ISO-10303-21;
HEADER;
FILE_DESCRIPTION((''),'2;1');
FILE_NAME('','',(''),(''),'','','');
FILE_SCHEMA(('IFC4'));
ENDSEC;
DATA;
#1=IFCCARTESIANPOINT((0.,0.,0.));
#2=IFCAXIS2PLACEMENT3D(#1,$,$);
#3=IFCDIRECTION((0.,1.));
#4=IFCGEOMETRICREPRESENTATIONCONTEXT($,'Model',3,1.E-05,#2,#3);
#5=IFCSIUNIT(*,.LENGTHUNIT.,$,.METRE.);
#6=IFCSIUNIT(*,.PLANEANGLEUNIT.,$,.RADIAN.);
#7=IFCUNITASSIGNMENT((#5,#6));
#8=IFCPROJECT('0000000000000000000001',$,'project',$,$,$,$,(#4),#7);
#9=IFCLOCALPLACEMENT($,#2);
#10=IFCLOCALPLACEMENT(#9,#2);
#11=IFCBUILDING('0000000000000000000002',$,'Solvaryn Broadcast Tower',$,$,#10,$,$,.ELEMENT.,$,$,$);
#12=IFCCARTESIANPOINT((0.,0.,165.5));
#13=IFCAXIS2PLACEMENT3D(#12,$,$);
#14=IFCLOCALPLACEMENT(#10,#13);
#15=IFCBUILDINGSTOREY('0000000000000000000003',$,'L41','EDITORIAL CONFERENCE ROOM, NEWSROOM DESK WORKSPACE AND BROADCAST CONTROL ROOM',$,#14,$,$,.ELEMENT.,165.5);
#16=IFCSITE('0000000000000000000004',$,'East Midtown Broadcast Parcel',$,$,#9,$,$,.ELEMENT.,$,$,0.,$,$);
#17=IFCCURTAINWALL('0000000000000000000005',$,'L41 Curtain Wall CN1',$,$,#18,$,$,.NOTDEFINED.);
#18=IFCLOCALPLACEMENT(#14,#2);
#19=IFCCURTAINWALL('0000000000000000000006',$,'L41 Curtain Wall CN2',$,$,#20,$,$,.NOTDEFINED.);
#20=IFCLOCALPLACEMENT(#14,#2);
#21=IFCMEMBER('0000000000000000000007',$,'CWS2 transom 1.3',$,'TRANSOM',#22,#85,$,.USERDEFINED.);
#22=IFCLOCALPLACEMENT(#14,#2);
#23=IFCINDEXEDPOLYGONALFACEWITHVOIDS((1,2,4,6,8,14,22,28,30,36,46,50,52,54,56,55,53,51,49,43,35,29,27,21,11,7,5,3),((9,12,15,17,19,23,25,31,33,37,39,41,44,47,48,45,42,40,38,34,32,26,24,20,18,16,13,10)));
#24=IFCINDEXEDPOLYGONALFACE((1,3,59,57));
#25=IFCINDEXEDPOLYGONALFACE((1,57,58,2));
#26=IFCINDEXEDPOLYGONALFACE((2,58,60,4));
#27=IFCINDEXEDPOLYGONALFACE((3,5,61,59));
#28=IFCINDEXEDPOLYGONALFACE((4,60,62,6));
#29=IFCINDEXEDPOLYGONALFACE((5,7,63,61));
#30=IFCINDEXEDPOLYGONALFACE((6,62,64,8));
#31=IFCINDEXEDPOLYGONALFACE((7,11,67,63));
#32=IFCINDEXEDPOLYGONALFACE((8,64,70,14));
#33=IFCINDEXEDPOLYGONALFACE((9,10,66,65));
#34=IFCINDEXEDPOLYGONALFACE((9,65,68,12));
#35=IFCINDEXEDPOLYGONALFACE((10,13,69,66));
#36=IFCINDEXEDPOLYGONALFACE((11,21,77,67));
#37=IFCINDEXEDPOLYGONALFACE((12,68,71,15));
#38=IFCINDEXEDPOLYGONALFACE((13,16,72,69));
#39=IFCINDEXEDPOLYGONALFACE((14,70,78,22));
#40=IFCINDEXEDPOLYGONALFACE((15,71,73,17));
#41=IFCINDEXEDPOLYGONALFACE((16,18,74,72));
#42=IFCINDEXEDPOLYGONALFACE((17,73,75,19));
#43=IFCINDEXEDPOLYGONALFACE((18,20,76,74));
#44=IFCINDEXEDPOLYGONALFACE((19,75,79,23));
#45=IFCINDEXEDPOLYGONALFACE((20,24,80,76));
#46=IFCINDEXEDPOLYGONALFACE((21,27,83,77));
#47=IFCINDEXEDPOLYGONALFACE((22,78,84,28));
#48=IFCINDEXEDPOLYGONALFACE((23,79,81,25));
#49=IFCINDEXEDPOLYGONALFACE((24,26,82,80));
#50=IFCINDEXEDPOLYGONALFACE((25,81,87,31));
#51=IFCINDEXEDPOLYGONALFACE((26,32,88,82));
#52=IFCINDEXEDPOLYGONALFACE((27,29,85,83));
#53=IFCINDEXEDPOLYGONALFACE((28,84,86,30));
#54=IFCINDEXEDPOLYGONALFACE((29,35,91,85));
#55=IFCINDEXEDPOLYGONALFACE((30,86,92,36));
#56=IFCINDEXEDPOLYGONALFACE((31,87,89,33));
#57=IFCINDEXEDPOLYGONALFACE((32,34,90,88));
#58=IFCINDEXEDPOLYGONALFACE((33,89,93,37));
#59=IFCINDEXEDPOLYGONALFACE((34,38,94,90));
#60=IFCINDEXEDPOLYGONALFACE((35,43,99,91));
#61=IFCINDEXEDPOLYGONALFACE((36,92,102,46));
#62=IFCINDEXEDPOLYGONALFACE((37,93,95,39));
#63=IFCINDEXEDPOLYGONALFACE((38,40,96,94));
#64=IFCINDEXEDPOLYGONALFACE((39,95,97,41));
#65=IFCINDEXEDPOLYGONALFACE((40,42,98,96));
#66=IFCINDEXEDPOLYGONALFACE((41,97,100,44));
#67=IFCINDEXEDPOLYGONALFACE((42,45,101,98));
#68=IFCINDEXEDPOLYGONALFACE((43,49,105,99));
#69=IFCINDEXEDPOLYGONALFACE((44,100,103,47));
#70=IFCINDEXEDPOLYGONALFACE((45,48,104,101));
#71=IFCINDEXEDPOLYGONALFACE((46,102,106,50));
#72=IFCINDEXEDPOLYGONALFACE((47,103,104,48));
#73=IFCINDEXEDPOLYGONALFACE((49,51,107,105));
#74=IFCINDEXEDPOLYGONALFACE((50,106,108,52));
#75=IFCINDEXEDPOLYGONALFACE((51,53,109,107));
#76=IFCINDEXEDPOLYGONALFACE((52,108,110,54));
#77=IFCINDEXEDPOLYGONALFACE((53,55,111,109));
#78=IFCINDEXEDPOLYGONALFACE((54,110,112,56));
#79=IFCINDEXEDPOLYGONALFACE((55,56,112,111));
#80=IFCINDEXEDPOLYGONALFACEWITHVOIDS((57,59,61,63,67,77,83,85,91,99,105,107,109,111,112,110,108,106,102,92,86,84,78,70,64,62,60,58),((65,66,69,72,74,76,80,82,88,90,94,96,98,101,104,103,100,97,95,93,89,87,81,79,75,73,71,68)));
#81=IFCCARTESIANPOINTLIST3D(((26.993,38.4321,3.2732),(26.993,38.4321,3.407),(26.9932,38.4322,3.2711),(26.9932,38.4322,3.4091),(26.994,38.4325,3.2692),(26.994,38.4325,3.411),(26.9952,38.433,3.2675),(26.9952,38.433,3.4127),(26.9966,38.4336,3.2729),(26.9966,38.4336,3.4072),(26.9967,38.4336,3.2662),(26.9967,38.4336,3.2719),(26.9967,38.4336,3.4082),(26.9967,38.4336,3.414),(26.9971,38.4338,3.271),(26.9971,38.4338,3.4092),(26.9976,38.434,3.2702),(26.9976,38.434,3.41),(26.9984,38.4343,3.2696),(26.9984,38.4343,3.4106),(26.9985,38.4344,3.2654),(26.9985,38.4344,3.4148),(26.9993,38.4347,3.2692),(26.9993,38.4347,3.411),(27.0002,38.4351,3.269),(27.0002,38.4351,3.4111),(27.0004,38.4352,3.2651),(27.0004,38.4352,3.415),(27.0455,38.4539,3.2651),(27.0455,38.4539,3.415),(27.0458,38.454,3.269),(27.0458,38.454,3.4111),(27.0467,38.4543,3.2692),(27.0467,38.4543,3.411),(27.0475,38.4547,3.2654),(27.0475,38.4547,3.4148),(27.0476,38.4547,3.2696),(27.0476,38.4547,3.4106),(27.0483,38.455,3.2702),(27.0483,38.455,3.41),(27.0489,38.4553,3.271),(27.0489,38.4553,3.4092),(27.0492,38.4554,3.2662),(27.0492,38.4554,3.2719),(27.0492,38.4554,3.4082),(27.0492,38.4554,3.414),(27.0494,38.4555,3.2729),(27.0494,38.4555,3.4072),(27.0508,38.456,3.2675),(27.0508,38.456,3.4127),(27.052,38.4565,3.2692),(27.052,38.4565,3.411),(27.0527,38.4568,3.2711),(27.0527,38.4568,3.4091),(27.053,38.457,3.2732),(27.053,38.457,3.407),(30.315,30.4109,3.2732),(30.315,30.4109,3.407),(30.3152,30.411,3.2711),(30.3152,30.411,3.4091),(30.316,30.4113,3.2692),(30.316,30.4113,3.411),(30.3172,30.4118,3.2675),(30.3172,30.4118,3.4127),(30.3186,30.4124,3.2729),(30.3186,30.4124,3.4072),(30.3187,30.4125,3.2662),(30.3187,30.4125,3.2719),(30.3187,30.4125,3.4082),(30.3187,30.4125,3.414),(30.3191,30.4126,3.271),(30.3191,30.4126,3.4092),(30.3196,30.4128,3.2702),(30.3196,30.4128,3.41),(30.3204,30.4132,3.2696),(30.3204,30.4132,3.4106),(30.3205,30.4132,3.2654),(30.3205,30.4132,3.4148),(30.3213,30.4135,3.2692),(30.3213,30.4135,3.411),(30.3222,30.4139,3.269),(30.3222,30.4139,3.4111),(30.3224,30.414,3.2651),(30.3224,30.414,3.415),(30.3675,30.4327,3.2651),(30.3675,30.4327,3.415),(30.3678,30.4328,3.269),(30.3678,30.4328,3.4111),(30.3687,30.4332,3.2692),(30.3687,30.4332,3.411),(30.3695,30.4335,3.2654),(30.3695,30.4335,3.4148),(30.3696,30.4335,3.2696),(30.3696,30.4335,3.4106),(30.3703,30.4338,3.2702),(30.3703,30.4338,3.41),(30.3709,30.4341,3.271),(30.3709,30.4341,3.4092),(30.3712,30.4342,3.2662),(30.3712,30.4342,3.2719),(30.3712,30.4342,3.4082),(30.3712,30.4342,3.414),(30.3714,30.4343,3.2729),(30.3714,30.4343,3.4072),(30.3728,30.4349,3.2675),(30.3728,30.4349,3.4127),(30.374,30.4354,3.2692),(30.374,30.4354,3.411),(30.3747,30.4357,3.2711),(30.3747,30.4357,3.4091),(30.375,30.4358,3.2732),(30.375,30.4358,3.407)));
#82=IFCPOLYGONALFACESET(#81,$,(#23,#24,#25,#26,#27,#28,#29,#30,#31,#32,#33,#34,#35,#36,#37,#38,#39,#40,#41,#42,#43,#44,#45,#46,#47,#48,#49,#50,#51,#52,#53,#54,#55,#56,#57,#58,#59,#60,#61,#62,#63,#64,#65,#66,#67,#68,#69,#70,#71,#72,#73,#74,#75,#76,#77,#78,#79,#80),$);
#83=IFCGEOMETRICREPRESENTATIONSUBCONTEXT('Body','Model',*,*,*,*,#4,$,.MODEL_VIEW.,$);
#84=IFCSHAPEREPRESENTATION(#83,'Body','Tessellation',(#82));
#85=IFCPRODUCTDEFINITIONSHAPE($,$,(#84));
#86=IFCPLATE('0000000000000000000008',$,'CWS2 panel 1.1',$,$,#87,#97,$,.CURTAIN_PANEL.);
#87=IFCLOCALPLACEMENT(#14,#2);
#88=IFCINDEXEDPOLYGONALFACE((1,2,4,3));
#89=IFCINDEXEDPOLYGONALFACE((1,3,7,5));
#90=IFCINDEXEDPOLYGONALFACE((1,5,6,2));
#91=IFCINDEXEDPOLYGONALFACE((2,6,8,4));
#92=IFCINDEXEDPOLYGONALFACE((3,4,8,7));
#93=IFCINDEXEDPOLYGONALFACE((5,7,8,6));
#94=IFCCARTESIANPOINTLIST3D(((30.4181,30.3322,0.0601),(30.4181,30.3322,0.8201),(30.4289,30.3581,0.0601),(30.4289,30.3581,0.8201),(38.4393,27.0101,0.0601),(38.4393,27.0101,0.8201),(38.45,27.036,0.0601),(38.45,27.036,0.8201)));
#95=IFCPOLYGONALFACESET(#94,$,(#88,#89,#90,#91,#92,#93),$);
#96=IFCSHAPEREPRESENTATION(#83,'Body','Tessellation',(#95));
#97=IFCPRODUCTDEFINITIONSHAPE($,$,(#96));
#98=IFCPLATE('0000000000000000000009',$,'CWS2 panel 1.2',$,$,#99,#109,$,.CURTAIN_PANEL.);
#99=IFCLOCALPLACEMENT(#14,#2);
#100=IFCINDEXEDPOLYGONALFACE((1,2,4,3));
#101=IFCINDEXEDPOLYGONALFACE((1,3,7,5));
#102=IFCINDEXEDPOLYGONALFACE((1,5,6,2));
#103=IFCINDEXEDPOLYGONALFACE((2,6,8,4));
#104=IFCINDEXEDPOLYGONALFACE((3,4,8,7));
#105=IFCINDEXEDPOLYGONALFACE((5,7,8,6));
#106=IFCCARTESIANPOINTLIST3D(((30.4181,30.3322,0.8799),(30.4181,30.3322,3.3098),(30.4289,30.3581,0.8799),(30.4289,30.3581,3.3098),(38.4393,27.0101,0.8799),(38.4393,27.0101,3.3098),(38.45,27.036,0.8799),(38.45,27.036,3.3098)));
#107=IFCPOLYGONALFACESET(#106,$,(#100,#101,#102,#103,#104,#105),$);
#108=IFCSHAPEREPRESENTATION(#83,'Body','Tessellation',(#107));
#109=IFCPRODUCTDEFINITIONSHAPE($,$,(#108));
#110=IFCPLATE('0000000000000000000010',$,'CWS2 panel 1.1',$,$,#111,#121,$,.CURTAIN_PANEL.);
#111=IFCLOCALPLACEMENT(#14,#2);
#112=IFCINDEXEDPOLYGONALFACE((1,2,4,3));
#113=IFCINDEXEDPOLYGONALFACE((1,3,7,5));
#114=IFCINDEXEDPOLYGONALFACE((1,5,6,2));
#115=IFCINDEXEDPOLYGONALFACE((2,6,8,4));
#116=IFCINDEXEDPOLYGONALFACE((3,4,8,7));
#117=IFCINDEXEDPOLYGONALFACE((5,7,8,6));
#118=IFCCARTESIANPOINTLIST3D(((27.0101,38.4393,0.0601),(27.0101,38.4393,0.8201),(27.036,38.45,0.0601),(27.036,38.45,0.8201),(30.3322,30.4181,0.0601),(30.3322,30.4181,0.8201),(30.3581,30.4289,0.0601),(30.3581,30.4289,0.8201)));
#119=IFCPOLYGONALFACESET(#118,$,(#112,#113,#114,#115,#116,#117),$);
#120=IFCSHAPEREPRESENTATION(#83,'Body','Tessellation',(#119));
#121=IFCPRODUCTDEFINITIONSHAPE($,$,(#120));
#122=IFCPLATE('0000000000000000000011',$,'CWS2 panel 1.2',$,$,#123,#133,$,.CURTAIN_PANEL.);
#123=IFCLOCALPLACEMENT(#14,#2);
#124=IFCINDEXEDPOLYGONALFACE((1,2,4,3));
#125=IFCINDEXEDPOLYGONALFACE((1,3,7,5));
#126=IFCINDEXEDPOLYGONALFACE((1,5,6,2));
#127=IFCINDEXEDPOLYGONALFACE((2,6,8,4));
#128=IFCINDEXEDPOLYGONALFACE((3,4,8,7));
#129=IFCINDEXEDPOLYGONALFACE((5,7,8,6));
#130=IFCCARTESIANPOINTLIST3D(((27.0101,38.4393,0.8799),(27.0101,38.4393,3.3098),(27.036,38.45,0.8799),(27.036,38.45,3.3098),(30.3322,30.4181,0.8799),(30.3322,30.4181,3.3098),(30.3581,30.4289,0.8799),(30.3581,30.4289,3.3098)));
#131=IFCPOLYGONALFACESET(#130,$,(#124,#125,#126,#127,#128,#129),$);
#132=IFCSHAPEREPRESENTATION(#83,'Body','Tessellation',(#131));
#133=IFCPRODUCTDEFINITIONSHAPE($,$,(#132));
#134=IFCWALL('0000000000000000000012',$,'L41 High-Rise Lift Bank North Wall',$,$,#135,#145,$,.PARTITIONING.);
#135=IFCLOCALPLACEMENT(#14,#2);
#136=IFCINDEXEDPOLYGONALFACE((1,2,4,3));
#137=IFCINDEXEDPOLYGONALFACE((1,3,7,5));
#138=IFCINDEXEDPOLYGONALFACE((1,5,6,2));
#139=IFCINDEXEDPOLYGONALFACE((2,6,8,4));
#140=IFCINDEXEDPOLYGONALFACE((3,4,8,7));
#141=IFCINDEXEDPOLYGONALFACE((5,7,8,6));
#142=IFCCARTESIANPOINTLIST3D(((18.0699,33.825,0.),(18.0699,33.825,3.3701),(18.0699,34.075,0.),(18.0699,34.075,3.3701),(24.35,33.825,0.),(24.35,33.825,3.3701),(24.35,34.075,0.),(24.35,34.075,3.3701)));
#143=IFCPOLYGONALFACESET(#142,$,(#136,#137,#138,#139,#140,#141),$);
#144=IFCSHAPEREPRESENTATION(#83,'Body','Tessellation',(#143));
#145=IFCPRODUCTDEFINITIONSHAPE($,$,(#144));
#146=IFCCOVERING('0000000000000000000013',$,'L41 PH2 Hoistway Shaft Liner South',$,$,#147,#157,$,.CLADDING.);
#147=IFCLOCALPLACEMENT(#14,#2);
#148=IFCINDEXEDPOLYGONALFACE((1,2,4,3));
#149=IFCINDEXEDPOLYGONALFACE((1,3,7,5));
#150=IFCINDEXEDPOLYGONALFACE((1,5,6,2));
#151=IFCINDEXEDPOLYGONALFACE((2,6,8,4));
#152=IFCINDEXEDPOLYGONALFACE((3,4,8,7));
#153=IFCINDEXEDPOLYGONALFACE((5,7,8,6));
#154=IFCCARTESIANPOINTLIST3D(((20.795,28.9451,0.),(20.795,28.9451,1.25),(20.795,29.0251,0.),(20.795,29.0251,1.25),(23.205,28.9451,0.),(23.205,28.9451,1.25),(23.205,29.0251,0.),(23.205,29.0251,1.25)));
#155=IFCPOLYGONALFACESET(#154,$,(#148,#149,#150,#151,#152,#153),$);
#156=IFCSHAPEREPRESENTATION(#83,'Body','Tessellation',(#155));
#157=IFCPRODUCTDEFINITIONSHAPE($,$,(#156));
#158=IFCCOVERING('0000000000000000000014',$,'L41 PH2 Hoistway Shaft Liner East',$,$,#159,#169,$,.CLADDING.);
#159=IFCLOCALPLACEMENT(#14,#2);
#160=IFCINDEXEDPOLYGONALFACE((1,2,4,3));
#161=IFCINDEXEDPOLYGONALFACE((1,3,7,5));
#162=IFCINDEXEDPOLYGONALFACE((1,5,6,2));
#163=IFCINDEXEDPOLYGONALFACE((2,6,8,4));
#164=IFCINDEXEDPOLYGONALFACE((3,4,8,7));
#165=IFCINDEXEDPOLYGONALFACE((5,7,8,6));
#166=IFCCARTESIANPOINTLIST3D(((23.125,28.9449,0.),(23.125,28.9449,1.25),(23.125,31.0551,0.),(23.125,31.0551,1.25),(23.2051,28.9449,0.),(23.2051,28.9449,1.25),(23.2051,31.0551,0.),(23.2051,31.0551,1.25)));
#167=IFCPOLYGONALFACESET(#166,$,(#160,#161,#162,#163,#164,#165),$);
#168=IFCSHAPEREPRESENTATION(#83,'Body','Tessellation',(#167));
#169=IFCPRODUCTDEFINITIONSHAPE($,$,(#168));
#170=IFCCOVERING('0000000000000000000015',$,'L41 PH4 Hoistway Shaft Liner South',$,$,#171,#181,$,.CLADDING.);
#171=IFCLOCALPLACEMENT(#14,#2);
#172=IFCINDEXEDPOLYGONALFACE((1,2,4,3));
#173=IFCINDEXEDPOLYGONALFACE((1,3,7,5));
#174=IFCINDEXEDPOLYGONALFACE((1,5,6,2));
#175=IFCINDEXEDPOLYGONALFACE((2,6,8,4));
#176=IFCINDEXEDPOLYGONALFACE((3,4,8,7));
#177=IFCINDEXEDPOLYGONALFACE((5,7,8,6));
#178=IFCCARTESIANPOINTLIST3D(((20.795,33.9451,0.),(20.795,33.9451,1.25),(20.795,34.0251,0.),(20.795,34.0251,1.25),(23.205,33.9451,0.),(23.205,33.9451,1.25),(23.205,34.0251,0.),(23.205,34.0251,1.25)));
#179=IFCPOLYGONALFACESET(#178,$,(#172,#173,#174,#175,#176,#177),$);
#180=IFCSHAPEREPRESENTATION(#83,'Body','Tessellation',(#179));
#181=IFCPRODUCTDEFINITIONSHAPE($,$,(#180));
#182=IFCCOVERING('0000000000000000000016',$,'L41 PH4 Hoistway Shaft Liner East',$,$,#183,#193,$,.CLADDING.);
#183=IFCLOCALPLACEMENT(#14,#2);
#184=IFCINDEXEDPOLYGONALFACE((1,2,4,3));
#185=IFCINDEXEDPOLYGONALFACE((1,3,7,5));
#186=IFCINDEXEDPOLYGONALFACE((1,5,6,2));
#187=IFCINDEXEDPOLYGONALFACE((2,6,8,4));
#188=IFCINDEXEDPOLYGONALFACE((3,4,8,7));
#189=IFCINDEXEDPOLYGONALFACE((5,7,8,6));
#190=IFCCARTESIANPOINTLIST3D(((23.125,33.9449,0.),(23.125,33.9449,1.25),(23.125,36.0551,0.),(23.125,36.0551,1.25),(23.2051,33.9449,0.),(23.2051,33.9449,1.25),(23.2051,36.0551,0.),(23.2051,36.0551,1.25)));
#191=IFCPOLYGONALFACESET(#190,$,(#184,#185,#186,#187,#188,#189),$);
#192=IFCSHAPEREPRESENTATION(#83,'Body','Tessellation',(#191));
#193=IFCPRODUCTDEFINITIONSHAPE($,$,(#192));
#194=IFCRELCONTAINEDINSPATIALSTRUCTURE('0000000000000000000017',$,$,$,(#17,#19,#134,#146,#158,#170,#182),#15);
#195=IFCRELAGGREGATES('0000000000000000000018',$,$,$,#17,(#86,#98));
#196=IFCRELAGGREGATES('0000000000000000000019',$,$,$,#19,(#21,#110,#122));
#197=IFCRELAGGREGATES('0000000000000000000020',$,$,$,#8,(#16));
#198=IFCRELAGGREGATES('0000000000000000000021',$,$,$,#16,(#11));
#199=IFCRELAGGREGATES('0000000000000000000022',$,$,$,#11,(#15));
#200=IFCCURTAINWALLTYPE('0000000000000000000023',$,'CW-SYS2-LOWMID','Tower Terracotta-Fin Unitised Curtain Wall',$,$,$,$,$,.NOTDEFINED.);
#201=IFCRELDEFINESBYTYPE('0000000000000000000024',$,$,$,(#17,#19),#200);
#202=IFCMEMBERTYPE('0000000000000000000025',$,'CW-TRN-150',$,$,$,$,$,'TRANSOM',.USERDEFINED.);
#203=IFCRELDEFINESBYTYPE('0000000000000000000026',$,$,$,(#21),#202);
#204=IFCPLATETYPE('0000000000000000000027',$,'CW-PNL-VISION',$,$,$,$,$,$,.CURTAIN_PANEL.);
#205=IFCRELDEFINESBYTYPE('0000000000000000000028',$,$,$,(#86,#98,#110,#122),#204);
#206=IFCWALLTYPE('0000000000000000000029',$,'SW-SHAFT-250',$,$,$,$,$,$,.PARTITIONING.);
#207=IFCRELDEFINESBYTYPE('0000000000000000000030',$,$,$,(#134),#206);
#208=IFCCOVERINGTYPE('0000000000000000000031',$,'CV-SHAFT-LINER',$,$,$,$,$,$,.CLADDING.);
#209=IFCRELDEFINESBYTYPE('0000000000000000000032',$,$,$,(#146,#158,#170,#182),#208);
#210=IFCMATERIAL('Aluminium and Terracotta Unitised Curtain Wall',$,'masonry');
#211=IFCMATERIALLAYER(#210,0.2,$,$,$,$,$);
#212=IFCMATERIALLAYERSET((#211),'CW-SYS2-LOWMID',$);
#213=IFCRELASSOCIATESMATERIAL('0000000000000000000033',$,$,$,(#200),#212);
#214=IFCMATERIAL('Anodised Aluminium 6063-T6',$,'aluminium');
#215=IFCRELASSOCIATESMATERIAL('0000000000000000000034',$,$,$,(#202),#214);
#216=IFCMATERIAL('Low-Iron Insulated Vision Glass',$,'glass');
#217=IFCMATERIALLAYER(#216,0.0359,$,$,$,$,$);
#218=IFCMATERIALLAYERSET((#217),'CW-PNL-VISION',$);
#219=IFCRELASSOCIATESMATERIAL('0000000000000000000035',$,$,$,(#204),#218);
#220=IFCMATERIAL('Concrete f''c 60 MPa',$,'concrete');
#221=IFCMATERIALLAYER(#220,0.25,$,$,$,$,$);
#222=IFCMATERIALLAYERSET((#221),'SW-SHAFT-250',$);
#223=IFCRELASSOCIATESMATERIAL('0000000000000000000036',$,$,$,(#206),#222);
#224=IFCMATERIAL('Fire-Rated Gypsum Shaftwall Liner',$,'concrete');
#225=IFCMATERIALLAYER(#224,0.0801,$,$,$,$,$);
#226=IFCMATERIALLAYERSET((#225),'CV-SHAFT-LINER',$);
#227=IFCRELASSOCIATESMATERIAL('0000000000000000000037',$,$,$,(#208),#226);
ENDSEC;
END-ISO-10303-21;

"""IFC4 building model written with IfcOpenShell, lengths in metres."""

from ifc_helpers import new_model, si_unit, direction, frame, frame_2d, origin, origin_2d, place, context, subcontext, project, spatial, rectangle, hollow_rectangle, extrude, material, layer, layer_set, material_profile, profile_set, type_object, element, aggregate, save


model = new_model("IFC4")

# Units and contexts
model_context = context("Model", 3, precision=1e-05, world=origin(), true_north=direction((0.0, 1.0)))
body_context = subcontext(model_context, "Body", "Model", "MODEL_VIEW")
ifc_project = project(units=[si_unit("LENGTHUNIT", "METRE"), si_unit("PLANEANGLEUNIT", "RADIAN")], contexts=[model_context])

# Site, building, storey
site_placement = place(None, origin())
site = spatial("IfcSite", under=ifc_project, at=site_placement, Name="East Midtown Broadcast Parcel", CompositionType="ELEMENT", RefElevation=0.0)
building_placement = place(site_placement, origin())
building = spatial("IfcBuilding", under=site, at=building_placement, Name="Solvaryn Broadcast Tower", CompositionType="ELEMENT")
storey_placement = place(building_placement, frame((0.0, 0.0, 165.5)))
storey = spatial("IfcBuildingStorey", under=building, at=storey_placement, Name="L41", Description="EDITORIAL CONFERENCE ROOM, NEWSROOM DESK WORKSPACE AND BROADCAST CONTROL ROOM", CompositionType="ELEMENT", Elevation=165.5)

# Curtain wall
ifc_material_1 = material(Name="Aluminium and Terracotta Unitised Curtain Wall", Category="masonry")
ifc_layer_1 = layer(ifc_material_1, 0.2)
ifc_layer_set_1 = layer_set([ifc_layer_1], Name="CW-SYS2-LOWMID")
curtain_wall_type = type_object("IfcCurtainWallType", Name="CW-SYS2-LOWMID", Description="Tower Terracotta-Fin Unitised Curtain Wall", PredefinedType="NOTDEFINED", material=ifc_layer_set_1)
curtain_wall_1_placement = place(storey_placement, origin())
curtain_wall_1 = element("IfcCurtainWall", 1, at=curtain_wall_1_placement, inside=storey, type_object=curtain_wall_type, Name="L41 Curtain Wall CN1", PredefinedType="NOTDEFINED")

# Curtain wall, member
curtain_wall_2_placement = place(storey_placement, origin())
curtain_wall_2 = element("IfcCurtainWall", 2, at=curtain_wall_2_placement, inside=storey, type_object=curtain_wall_type, Name="L41 Curtain Wall CN2", PredefinedType="NOTDEFINED")
ifc_material_2 = material(Name="Anodised Aluminium 6063-T6", Category="aluminium")
ifc_material_profile_1 = material_profile(ifc_material_2, hollow_rectangle(XDim=0.0649, YDim=0.1499, WallThickness=0.0039, InnerFilletRadius=0.0039, OuterFilletRadius=0.0081, at=origin_2d()))
ifc_profile_set_1 = profile_set([ifc_material_profile_1], Name="Anodised Aluminium 6063-T6")
member_type_1 = type_object("IfcMemberType", Name="CW-TRN-150", ElementType="TRANSOM", PredefinedType="USERDEFINED", material=ifc_profile_set_1)
member_1_placement = place(storey_placement, frame((30.345, 30.4233, 3.3401), z_axis=(-0.382636, 0.923899, 0.0), x_axis=(-0.923899, -0.382636, 0.0)))
member_1 = element("IfcMember", 3, at=member_1_placement, type_object=member_type_1, Name="CWS2 transom 1.3", ObjectType="TRANSOM", PredefinedType="USERDEFINED", context=body_context, shape_type="SweptSolid", body=[
    extrude(hollow_rectangle(XDim=0.0649, YDim=0.1499, WallThickness=0.0039, InnerFilletRadius=0.0039, OuterFilletRadius=0.0081, at=origin_2d()), origin(), (0.0, 0.0, 1.0), 8.6819),
])

# Plates
ifc_material_3 = material(Name="Low-Iron Insulated Vision Glass", Category="glass")
ifc_layer_2 = layer(ifc_material_3, 0.0359)
ifc_layer_set_2 = layer_set([ifc_layer_2], Name="CW-PNL-VISION")
plate_type = type_object("IfcPlateType", Name="CW-PNL-VISION", PredefinedType="CURTAIN_PANEL", material=ifc_layer_set_2)
plate_1_placement = place(storey_placement, frame((34.4341, 28.6841, 0.0601), z_axis=(0.0, 0.0, 1.0), x_axis=(-0.923895, 0.382646, 0.0)))
plate_1 = element("IfcPlate", 4, at=plate_1_placement, type_object=plate_type, Name="CWS2 panel 1.1", PredefinedType="CURTAIN_PANEL", context=body_context, shape_type="SweptSolid", body=[
    extrude(rectangle(XDim=8.6819, YDim=0.0281, at=origin_2d()), origin(), (0.0, 0.0, 1.0), 0.76),
])
plate_2_placement = place(storey_placement, frame((34.4341, 28.6841, 0.8799), z_axis=(0.0, 0.0, 1.0), x_axis=(-0.923895, 0.382646, 0.0)))
plate_2 = element("IfcPlate", 5, at=plate_2_placement, type_object=plate_type, Name="CWS2 panel 1.2", PredefinedType="CURTAIN_PANEL", context=body_context, shape_type="SweptSolid", body=[
    extrude(rectangle(XDim=8.6819, YDim=0.0281, at=origin_2d()), origin(), (0.0, 0.0, 1.0), 2.4299),
])
aggregate(curtain_wall_1, [plate_1, plate_2])
plate_3_placement = place(storey_placement, frame((28.6841, 34.4341, 0.0601), z_axis=(0.0, 0.0, 1.0), x_axis=(-0.382646, 0.923895, 0.0)))
plate_3 = element("IfcPlate", 6, at=plate_3_placement, type_object=plate_type, Name="CWS2 panel 1.1", PredefinedType="CURTAIN_PANEL", context=body_context, shape_type="SweptSolid", body=[
    extrude(rectangle(XDim=8.6819, YDim=0.0281, at=origin_2d()), origin(), (0.0, 0.0, 1.0), 0.76),
])
plate_4_placement = place(storey_placement, frame((28.6841, 34.4341, 0.8799), z_axis=(0.0, 0.0, 1.0), x_axis=(-0.382646, 0.923895, 0.0)))
plate_4 = element("IfcPlate", 7, at=plate_4_placement, type_object=plate_type, Name="CWS2 panel 1.2", PredefinedType="CURTAIN_PANEL", context=body_context, shape_type="SweptSolid", body=[
    extrude(rectangle(XDim=8.6819, YDim=0.0281, at=origin_2d()), origin(), (0.0, 0.0, 1.0), 2.4299),
])
aggregate(curtain_wall_2, [member_1, plate_3, plate_4])

# Wall
ifc_material_4 = material(Name="Concrete f'c 60 MPa", Category="concrete")
ifc_layer_3 = layer(ifc_material_4, 0.25)
ifc_layer_set_3 = layer_set([ifc_layer_3], Name="SW-SHAFT-250")
wall_type = type_object("IfcWallType", Name="SW-SHAFT-250", PredefinedType="PARTITIONING", material=ifc_layer_set_3)
wall_placement = place(storey_placement, frame((24.3501, 33.95, 0.0), z_axis=(0.0, 0.0, 1.0), x_axis=(-1.0, 0.0, 0.0)))
element("IfcWall", 8, at=wall_placement, inside=storey, type_object=wall_type, Name="L41 High-Rise Lift Bank North Wall", PredefinedType="PARTITIONING", context=body_context, shape_type="SweptSolid", body=[
    extrude(rectangle(XDim=6.28, YDim=0.25, at=frame_2d((3.1401, 0.0))), origin(), (0.0, 0.0, 1.0), 3.3701),
])

# Coverings
ifc_material_5 = material(Name="Fire-Rated Gypsum Shaftwall Liner", Category="concrete")
ifc_layer_4 = layer(ifc_material_5, 0.0801)
ifc_layer_set_4 = layer_set([ifc_layer_4], Name="CV-SHAFT-LINER")
covering_type_1 = type_object("IfcCoveringType", Name="CV-SHAFT-LINER", PredefinedType="CLADDING", material=ifc_layer_set_4)
covering_1_placement = place(storey_placement, frame((22.0, 28.9851, 0.0), z_axis=(0.0, 0.0, 1.0), x_axis=(1.0, 0.0, 0.0)))
element("IfcCovering", 9, at=covering_1_placement, inside=storey, type_object=covering_type_1, Name="L41 PH2 Hoistway Shaft Liner South", PredefinedType="CLADDING", context=body_context, shape_type="SweptSolid", body=[
    extrude(rectangle(XDim=2.4099, YDim=0.0801, at=origin_2d()), origin(), (0.0, 0.0, 1.0), 1.25),
])
covering_2_placement = place(storey_placement, frame((23.165, 30.0, 0.0), z_axis=(0.0, 0.0, 1.0), x_axis=(1.0, 0.0, 0.0)))
element("IfcCovering", 10, at=covering_2_placement, inside=storey, type_object=covering_type_1, Name="L41 PH2 Hoistway Shaft Liner East", PredefinedType="CLADDING", context=body_context, shape_type="SweptSolid", body=[
    extrude(rectangle(XDim=0.0801, YDim=2.1101, at=origin_2d()), origin(), (0.0, 0.0, 1.0), 1.25),
])
covering_3_placement = place(storey_placement, frame((22.0, 33.9851, 0.0), z_axis=(0.0, 0.0, 1.0), x_axis=(1.0, 0.0, 0.0)))
element("IfcCovering", 11, at=covering_3_placement, inside=storey, type_object=covering_type_1, Name="L41 PH4 Hoistway Shaft Liner South", PredefinedType="CLADDING", context=body_context, shape_type="SweptSolid", body=[
    extrude(rectangle(XDim=2.4099, YDim=0.0801, at=origin_2d()), origin(), (0.0, 0.0, 1.0), 1.25),
])
covering_4_placement = place(storey_placement, frame((23.165, 35.0, 0.0), z_axis=(0.0, 0.0, 1.0), x_axis=(1.0, 0.0, 0.0)))
element("IfcCovering", 12, at=covering_4_placement, inside=storey, type_object=covering_type_1, Name="L41 PH4 Hoistway Shaft Liner East", PredefinedType="CLADDING", context=body_context, shape_type="SweptSolid", body=[
    extrude(rectangle(XDim=0.0801, YDim=2.1101, at=origin_2d()), origin(), (0.0, 0.0, 1.0), 1.25),
])

save(model, "model.ifc")
